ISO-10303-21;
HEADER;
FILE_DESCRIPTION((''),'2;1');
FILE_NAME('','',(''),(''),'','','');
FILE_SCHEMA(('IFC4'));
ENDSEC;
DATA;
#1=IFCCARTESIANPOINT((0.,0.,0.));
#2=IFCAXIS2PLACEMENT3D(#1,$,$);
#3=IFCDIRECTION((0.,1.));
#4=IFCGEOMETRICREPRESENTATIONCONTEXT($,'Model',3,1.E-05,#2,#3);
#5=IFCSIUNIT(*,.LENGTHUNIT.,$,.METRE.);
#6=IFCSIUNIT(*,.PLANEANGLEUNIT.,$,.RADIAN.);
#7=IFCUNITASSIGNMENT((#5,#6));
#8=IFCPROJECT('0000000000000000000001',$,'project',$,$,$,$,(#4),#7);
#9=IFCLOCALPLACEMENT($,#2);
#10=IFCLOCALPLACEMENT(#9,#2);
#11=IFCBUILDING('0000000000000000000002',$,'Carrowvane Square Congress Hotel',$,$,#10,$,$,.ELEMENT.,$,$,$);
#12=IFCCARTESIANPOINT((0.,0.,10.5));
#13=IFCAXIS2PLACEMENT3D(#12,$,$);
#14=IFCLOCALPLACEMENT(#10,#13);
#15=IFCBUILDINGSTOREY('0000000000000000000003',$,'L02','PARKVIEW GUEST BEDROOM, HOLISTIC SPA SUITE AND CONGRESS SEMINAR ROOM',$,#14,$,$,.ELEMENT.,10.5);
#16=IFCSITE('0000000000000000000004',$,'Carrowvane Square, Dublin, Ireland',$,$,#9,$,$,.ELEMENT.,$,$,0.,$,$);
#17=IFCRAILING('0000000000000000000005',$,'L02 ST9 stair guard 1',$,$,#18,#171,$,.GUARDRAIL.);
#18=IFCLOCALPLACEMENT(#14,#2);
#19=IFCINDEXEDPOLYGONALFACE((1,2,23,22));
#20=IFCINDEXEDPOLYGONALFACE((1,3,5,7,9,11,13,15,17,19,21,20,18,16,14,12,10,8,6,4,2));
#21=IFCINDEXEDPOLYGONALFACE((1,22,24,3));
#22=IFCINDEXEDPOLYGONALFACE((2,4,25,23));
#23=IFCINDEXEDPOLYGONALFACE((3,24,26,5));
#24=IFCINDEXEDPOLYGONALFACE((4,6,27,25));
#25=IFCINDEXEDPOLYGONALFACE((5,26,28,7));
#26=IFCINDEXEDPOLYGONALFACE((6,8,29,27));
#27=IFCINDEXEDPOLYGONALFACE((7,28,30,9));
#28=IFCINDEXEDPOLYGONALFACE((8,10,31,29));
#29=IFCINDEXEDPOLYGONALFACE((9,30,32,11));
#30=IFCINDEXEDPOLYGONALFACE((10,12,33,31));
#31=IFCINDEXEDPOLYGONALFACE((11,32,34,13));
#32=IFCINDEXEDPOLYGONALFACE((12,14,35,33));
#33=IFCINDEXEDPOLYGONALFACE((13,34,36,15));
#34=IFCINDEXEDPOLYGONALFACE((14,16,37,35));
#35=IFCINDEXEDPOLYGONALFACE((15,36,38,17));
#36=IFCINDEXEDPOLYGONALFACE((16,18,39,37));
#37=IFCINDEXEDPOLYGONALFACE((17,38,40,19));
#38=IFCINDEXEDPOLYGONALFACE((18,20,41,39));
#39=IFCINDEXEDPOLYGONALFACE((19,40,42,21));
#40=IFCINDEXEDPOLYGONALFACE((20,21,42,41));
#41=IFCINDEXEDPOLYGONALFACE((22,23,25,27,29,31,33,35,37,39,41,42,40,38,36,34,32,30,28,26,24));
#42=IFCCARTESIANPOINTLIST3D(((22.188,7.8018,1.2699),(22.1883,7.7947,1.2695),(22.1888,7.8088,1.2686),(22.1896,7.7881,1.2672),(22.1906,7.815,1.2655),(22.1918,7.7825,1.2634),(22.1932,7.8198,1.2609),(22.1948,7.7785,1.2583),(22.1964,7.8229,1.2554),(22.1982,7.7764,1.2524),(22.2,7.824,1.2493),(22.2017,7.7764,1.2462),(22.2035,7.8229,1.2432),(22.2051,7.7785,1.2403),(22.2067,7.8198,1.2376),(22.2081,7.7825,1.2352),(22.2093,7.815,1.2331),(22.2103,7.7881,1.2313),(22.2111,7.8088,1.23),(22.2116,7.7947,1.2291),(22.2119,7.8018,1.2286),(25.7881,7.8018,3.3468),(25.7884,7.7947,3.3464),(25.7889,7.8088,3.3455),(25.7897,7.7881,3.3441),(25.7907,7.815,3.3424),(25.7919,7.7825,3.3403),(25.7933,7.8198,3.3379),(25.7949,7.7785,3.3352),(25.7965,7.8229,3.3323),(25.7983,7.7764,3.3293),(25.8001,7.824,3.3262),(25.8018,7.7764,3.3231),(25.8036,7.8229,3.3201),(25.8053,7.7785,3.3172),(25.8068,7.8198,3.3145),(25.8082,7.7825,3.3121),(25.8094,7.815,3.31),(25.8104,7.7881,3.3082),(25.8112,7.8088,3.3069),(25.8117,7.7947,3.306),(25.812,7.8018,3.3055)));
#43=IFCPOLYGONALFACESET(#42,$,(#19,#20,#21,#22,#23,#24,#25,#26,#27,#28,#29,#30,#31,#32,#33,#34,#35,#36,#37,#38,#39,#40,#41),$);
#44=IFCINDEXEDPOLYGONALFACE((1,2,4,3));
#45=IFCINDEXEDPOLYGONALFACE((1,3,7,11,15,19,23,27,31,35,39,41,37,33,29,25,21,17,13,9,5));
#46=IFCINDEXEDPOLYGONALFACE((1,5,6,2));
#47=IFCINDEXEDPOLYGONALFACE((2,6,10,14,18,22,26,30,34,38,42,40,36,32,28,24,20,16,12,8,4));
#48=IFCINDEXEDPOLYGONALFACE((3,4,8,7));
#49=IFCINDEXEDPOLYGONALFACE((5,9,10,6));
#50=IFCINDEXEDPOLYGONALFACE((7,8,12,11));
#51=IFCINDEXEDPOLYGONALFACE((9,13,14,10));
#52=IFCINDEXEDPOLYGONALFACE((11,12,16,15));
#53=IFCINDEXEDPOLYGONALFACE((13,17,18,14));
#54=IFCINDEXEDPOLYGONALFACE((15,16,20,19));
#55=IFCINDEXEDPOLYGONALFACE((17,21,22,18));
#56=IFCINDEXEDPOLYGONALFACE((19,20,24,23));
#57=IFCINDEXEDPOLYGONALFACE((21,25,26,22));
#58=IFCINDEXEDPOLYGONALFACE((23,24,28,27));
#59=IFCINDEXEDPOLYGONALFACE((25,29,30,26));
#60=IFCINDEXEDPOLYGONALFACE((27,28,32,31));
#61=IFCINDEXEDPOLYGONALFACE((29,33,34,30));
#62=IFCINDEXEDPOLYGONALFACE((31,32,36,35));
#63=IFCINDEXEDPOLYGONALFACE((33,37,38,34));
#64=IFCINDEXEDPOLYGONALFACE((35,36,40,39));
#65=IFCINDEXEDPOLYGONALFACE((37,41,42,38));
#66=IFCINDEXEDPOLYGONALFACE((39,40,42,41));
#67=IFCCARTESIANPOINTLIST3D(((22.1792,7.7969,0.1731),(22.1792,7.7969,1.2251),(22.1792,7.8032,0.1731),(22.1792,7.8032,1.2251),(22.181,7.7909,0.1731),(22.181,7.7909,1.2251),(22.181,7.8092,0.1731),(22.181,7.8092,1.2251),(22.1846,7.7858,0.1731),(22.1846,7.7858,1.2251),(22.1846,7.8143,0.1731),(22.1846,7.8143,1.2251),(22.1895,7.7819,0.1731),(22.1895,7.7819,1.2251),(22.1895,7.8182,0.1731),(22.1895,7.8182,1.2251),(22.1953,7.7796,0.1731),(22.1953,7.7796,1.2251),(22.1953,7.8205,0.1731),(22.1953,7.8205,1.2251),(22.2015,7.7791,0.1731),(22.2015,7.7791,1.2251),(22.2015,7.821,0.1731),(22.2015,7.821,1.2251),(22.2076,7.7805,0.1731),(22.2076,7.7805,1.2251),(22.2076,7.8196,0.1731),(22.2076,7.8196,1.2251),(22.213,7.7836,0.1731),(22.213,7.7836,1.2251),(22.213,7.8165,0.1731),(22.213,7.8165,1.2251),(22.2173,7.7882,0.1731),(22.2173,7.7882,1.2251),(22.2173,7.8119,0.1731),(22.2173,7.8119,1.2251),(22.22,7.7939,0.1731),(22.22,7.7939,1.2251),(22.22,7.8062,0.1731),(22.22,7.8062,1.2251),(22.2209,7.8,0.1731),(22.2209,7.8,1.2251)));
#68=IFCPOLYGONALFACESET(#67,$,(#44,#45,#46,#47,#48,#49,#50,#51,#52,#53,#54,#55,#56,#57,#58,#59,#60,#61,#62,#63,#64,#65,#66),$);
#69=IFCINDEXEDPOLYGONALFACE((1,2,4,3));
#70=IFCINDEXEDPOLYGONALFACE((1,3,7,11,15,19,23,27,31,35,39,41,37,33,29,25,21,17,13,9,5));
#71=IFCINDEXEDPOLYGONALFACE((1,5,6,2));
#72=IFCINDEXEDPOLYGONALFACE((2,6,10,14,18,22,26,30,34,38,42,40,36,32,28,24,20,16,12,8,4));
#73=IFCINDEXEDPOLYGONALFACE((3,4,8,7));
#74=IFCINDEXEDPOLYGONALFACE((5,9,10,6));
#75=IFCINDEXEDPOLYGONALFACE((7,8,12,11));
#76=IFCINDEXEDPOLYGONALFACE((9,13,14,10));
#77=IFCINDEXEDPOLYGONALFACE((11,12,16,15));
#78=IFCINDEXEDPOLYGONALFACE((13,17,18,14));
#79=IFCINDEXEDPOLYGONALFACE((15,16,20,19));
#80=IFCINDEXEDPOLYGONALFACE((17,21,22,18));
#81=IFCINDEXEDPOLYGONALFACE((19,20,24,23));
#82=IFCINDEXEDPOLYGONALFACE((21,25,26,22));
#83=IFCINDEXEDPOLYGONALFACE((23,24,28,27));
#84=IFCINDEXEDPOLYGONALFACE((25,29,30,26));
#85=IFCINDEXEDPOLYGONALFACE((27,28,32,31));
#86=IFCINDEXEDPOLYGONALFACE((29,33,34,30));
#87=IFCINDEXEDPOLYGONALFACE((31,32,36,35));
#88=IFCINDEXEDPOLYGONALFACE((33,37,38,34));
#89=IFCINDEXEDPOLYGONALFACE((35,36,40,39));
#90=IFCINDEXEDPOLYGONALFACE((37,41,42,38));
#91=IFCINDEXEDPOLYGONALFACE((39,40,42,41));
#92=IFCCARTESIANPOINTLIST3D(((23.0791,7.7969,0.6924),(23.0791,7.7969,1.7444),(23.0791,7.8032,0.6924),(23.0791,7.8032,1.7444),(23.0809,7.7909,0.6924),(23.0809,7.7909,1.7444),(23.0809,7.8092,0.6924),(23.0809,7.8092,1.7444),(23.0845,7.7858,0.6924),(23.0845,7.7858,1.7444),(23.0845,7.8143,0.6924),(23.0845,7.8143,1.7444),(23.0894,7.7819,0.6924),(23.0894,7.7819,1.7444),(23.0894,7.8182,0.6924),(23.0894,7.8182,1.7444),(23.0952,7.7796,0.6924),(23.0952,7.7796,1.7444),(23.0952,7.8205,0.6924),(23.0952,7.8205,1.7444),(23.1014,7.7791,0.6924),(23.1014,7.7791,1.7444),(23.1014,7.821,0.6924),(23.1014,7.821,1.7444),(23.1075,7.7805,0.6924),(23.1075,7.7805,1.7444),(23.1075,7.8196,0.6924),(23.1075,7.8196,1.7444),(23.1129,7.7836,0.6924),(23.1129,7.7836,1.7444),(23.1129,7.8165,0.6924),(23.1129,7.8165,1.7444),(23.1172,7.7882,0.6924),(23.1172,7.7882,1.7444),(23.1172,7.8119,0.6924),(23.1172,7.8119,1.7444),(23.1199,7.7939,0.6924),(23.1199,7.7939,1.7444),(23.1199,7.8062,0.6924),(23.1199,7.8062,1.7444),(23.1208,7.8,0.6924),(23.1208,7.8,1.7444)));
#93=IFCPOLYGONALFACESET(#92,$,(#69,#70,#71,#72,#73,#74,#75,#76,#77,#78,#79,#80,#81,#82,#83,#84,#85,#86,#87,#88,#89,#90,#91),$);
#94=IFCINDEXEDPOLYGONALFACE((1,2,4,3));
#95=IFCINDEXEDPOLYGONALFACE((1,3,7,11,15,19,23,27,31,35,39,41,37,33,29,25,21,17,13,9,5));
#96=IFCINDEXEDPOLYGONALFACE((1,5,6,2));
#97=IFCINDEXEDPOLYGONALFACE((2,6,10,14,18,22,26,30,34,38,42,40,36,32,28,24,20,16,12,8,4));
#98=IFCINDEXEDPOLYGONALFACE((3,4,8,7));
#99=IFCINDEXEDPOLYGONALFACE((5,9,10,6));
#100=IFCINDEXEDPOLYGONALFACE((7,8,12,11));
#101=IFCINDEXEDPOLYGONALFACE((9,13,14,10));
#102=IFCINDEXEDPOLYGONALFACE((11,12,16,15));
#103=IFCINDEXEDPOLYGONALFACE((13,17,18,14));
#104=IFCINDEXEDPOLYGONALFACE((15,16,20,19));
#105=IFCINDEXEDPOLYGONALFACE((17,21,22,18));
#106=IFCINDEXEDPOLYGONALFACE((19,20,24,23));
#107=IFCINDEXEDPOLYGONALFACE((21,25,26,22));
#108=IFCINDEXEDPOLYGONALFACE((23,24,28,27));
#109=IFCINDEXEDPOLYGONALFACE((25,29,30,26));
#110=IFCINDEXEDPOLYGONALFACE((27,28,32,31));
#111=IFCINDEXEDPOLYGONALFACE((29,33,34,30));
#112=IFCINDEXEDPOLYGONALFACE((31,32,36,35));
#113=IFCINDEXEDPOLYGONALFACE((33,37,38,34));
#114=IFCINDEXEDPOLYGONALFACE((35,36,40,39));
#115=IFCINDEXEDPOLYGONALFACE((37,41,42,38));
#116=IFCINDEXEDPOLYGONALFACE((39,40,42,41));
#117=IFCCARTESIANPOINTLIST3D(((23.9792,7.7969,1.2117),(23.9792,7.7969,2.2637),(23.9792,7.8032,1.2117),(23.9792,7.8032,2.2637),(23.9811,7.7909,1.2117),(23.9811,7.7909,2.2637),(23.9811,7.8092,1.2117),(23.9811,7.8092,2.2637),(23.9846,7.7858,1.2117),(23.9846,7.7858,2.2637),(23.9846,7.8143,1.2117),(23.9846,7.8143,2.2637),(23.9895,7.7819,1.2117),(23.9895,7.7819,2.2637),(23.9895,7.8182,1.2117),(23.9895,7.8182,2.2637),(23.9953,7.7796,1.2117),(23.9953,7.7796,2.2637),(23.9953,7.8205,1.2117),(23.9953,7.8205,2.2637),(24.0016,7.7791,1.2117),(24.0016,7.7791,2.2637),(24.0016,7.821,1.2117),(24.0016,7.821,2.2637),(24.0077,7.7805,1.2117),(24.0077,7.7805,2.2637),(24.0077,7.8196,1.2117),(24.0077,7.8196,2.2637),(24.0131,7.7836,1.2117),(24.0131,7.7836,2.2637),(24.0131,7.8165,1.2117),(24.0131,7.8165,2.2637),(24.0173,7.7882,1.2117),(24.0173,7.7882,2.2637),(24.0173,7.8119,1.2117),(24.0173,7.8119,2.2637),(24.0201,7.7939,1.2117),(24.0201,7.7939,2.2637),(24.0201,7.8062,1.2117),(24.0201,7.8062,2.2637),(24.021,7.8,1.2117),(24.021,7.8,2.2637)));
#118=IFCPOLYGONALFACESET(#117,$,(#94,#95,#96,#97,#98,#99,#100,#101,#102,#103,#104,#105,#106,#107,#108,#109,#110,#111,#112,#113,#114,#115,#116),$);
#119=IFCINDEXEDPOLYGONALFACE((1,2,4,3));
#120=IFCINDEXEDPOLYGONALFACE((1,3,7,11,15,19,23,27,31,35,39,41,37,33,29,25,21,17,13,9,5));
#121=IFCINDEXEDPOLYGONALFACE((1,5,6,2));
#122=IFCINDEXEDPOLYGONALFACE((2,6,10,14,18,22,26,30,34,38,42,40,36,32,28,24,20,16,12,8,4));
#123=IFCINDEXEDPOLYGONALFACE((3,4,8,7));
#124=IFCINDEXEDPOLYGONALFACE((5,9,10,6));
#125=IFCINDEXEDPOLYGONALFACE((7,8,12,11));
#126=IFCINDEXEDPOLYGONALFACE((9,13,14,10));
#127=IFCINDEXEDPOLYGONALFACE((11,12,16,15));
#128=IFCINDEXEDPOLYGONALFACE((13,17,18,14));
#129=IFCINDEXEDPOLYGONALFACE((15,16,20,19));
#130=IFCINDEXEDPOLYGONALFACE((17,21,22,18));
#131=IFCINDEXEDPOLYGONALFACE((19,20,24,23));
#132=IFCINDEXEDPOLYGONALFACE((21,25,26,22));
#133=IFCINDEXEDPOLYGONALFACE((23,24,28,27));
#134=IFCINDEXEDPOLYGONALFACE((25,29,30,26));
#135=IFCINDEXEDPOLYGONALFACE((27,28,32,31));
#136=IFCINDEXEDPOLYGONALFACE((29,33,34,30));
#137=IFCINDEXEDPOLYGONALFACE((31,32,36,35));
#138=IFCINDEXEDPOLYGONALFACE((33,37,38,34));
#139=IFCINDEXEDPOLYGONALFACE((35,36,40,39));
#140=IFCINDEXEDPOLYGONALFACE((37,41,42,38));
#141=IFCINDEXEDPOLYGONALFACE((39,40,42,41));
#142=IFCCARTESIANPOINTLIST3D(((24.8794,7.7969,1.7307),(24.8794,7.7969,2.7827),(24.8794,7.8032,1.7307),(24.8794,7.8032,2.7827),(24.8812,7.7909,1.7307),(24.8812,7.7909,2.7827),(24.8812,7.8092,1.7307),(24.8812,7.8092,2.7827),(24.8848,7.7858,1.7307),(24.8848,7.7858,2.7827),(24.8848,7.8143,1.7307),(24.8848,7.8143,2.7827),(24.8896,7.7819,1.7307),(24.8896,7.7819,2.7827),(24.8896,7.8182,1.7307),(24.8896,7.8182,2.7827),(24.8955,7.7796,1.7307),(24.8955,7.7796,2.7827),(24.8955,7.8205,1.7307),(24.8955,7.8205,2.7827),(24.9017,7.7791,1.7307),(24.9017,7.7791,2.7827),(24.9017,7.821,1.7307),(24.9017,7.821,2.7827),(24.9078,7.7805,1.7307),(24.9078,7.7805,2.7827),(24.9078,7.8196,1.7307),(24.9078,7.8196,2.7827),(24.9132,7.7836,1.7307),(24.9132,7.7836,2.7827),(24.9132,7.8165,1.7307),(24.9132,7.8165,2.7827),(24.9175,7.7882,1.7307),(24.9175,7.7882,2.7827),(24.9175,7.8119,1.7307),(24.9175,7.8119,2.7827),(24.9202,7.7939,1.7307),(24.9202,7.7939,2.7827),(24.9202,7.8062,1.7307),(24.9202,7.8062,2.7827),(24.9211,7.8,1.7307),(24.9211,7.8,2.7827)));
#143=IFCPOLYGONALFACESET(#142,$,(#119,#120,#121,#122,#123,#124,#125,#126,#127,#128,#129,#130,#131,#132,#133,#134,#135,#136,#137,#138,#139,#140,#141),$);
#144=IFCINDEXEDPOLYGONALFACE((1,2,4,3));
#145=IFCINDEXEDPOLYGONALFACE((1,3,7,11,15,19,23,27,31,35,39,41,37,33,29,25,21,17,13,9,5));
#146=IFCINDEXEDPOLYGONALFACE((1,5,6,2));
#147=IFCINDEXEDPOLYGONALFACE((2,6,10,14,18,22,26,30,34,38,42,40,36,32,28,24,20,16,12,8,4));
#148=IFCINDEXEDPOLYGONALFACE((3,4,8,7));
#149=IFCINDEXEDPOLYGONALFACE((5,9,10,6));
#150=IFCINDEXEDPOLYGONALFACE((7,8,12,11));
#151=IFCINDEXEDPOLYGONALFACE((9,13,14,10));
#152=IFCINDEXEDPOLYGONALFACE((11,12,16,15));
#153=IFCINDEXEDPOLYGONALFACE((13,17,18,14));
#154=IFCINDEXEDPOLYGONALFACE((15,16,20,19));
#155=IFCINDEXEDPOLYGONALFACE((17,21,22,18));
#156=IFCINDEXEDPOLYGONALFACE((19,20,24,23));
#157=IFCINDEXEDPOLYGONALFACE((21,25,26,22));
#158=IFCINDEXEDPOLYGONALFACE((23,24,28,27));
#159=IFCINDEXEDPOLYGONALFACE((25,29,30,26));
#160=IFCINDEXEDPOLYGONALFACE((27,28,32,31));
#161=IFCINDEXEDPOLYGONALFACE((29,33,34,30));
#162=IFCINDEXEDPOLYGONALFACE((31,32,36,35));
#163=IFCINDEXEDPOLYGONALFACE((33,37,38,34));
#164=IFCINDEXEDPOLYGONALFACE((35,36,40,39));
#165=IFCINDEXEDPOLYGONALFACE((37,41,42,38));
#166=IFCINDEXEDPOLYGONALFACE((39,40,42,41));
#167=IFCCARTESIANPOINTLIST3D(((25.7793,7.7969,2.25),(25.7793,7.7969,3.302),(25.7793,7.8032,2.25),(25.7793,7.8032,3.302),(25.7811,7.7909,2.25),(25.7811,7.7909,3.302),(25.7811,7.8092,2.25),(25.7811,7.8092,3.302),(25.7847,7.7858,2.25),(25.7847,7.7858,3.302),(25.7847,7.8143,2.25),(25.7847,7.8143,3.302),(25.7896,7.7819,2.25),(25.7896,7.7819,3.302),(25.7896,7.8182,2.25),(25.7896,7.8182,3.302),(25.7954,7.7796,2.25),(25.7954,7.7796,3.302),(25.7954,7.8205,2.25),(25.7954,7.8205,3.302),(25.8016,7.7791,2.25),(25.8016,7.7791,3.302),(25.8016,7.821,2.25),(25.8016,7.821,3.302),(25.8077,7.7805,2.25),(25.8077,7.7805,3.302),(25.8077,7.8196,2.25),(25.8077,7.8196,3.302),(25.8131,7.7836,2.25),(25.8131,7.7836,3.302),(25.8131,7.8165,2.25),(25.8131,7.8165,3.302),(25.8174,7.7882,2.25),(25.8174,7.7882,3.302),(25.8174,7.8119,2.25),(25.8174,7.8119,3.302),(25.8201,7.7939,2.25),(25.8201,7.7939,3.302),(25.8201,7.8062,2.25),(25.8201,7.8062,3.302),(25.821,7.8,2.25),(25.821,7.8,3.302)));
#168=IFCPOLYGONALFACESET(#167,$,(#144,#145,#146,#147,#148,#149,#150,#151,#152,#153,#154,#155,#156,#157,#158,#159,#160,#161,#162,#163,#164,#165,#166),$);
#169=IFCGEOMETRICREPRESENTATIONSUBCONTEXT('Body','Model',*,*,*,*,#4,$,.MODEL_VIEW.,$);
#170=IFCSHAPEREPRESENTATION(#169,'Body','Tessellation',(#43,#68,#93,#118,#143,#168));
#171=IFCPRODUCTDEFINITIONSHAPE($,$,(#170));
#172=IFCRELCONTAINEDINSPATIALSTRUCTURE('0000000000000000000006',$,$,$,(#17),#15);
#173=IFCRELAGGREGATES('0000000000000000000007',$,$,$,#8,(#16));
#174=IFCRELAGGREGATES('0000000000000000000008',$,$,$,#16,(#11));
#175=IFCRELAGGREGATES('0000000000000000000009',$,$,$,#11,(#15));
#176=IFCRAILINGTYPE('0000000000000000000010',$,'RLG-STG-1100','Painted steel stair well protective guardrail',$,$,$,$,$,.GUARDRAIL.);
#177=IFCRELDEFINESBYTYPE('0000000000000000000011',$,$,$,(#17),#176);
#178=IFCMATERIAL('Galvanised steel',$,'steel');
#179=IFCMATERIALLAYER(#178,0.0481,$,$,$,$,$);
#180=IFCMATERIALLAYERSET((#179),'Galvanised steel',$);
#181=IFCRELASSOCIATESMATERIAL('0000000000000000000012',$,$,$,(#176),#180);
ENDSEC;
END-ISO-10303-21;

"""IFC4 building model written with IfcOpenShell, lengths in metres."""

from ifc_helpers import new_model, si_unit, direction, frame, origin, origin_2d, place, context, subcontext, project, spatial, circle, extrude, material, layer, layer_set, type_object, element, save


model = new_model("IFC4")

# Units and contexts
model_context = context("Model", 3, precision=1e-05, world=origin(), true_north=direction((0.0, 1.0)))
body_context = subcontext(model_context, "Body", "Model", "MODEL_VIEW")
ifc_project = project(units=[si_unit("LENGTHUNIT", "METRE"), si_unit("PLANEANGLEUNIT", "RADIAN")], contexts=[model_context])

# Site, building, storey
site_placement = place(None, origin())
site = spatial("IfcSite", under=ifc_project, at=site_placement, Name="Carrowvane Square, Dublin, Ireland", CompositionType="ELEMENT", RefElevation=0.0)
building_placement = place(site_placement, origin())
building = spatial("IfcBuilding", under=site, at=building_placement, Name="Carrowvane Square Congress Hotel", CompositionType="ELEMENT")
storey_placement = place(building_placement, frame((0.0, 0.0, 10.5)))
storey = spatial("IfcBuildingStorey", under=building, at=storey_placement, Name="L02", Description="PARKVIEW GUEST BEDROOM, HOLISTIC SPA SUITE AND CONGRESS SEMINAR ROOM", CompositionType="ELEMENT", Elevation=10.5)

# Railing
ifc_material_1 = material(Name="Galvanised steel", Category="steel")
ifc_layer_1 = layer(ifc_material_1, 0.0481)
ifc_layer_set_1 = layer_set([ifc_layer_1], Name="Galvanised steel")
railing_type_1 = type_object("IfcRailingType", Name="RLG-STG-1100", Description="Painted steel stair well protective guardrail", PredefinedType="GUARDRAIL", material=ifc_layer_set_1)
railing_1_placement = place(storey_placement, frame((22.2, 7.8, 0.1731)))
element("IfcRailing", 1, at=railing_1_placement, inside=storey, type_object=railing_type_1, Name="L02 ST9 stair guard 1", PredefinedType="GUARDRAIL", context=body_context, shape_type="SweptSolid", body=[
    extrude(circle(Radius=0.0239, at=origin_2d()), frame((0.0, 0.0, 1.0762), z_axis=(0.866193, 0.0, 0.499709), x_axis=(0.0, 1.0, 0.0)), (0.0, 0.0, 1.0), 4.1562),
    extrude(circle(Radius=0.021, at=origin_2d()), origin(), (0.0, 0.0, 1.0), 1.052),
    extrude(circle(Radius=0.021, at=origin_2d()), frame((0.8999, 0.0, 0.5193)), (0.0, 0.0, 1.0), 1.052),
    extrude(circle(Radius=0.021, at=origin_2d()), frame((1.8, 0.0, 1.0386)), (0.0, 0.0, 1.0), 1.052),
    extrude(circle(Radius=0.021, at=origin_2d()), frame((2.7002, 0.0, 1.5576)), (0.0, 0.0, 1.0), 1.052),
    extrude(circle(Radius=0.021, at=origin_2d()), frame((3.6001, 0.0, 2.0769)), (0.0, 0.0, 1.0), 1.052),
])

save(model, "model.ifc")
